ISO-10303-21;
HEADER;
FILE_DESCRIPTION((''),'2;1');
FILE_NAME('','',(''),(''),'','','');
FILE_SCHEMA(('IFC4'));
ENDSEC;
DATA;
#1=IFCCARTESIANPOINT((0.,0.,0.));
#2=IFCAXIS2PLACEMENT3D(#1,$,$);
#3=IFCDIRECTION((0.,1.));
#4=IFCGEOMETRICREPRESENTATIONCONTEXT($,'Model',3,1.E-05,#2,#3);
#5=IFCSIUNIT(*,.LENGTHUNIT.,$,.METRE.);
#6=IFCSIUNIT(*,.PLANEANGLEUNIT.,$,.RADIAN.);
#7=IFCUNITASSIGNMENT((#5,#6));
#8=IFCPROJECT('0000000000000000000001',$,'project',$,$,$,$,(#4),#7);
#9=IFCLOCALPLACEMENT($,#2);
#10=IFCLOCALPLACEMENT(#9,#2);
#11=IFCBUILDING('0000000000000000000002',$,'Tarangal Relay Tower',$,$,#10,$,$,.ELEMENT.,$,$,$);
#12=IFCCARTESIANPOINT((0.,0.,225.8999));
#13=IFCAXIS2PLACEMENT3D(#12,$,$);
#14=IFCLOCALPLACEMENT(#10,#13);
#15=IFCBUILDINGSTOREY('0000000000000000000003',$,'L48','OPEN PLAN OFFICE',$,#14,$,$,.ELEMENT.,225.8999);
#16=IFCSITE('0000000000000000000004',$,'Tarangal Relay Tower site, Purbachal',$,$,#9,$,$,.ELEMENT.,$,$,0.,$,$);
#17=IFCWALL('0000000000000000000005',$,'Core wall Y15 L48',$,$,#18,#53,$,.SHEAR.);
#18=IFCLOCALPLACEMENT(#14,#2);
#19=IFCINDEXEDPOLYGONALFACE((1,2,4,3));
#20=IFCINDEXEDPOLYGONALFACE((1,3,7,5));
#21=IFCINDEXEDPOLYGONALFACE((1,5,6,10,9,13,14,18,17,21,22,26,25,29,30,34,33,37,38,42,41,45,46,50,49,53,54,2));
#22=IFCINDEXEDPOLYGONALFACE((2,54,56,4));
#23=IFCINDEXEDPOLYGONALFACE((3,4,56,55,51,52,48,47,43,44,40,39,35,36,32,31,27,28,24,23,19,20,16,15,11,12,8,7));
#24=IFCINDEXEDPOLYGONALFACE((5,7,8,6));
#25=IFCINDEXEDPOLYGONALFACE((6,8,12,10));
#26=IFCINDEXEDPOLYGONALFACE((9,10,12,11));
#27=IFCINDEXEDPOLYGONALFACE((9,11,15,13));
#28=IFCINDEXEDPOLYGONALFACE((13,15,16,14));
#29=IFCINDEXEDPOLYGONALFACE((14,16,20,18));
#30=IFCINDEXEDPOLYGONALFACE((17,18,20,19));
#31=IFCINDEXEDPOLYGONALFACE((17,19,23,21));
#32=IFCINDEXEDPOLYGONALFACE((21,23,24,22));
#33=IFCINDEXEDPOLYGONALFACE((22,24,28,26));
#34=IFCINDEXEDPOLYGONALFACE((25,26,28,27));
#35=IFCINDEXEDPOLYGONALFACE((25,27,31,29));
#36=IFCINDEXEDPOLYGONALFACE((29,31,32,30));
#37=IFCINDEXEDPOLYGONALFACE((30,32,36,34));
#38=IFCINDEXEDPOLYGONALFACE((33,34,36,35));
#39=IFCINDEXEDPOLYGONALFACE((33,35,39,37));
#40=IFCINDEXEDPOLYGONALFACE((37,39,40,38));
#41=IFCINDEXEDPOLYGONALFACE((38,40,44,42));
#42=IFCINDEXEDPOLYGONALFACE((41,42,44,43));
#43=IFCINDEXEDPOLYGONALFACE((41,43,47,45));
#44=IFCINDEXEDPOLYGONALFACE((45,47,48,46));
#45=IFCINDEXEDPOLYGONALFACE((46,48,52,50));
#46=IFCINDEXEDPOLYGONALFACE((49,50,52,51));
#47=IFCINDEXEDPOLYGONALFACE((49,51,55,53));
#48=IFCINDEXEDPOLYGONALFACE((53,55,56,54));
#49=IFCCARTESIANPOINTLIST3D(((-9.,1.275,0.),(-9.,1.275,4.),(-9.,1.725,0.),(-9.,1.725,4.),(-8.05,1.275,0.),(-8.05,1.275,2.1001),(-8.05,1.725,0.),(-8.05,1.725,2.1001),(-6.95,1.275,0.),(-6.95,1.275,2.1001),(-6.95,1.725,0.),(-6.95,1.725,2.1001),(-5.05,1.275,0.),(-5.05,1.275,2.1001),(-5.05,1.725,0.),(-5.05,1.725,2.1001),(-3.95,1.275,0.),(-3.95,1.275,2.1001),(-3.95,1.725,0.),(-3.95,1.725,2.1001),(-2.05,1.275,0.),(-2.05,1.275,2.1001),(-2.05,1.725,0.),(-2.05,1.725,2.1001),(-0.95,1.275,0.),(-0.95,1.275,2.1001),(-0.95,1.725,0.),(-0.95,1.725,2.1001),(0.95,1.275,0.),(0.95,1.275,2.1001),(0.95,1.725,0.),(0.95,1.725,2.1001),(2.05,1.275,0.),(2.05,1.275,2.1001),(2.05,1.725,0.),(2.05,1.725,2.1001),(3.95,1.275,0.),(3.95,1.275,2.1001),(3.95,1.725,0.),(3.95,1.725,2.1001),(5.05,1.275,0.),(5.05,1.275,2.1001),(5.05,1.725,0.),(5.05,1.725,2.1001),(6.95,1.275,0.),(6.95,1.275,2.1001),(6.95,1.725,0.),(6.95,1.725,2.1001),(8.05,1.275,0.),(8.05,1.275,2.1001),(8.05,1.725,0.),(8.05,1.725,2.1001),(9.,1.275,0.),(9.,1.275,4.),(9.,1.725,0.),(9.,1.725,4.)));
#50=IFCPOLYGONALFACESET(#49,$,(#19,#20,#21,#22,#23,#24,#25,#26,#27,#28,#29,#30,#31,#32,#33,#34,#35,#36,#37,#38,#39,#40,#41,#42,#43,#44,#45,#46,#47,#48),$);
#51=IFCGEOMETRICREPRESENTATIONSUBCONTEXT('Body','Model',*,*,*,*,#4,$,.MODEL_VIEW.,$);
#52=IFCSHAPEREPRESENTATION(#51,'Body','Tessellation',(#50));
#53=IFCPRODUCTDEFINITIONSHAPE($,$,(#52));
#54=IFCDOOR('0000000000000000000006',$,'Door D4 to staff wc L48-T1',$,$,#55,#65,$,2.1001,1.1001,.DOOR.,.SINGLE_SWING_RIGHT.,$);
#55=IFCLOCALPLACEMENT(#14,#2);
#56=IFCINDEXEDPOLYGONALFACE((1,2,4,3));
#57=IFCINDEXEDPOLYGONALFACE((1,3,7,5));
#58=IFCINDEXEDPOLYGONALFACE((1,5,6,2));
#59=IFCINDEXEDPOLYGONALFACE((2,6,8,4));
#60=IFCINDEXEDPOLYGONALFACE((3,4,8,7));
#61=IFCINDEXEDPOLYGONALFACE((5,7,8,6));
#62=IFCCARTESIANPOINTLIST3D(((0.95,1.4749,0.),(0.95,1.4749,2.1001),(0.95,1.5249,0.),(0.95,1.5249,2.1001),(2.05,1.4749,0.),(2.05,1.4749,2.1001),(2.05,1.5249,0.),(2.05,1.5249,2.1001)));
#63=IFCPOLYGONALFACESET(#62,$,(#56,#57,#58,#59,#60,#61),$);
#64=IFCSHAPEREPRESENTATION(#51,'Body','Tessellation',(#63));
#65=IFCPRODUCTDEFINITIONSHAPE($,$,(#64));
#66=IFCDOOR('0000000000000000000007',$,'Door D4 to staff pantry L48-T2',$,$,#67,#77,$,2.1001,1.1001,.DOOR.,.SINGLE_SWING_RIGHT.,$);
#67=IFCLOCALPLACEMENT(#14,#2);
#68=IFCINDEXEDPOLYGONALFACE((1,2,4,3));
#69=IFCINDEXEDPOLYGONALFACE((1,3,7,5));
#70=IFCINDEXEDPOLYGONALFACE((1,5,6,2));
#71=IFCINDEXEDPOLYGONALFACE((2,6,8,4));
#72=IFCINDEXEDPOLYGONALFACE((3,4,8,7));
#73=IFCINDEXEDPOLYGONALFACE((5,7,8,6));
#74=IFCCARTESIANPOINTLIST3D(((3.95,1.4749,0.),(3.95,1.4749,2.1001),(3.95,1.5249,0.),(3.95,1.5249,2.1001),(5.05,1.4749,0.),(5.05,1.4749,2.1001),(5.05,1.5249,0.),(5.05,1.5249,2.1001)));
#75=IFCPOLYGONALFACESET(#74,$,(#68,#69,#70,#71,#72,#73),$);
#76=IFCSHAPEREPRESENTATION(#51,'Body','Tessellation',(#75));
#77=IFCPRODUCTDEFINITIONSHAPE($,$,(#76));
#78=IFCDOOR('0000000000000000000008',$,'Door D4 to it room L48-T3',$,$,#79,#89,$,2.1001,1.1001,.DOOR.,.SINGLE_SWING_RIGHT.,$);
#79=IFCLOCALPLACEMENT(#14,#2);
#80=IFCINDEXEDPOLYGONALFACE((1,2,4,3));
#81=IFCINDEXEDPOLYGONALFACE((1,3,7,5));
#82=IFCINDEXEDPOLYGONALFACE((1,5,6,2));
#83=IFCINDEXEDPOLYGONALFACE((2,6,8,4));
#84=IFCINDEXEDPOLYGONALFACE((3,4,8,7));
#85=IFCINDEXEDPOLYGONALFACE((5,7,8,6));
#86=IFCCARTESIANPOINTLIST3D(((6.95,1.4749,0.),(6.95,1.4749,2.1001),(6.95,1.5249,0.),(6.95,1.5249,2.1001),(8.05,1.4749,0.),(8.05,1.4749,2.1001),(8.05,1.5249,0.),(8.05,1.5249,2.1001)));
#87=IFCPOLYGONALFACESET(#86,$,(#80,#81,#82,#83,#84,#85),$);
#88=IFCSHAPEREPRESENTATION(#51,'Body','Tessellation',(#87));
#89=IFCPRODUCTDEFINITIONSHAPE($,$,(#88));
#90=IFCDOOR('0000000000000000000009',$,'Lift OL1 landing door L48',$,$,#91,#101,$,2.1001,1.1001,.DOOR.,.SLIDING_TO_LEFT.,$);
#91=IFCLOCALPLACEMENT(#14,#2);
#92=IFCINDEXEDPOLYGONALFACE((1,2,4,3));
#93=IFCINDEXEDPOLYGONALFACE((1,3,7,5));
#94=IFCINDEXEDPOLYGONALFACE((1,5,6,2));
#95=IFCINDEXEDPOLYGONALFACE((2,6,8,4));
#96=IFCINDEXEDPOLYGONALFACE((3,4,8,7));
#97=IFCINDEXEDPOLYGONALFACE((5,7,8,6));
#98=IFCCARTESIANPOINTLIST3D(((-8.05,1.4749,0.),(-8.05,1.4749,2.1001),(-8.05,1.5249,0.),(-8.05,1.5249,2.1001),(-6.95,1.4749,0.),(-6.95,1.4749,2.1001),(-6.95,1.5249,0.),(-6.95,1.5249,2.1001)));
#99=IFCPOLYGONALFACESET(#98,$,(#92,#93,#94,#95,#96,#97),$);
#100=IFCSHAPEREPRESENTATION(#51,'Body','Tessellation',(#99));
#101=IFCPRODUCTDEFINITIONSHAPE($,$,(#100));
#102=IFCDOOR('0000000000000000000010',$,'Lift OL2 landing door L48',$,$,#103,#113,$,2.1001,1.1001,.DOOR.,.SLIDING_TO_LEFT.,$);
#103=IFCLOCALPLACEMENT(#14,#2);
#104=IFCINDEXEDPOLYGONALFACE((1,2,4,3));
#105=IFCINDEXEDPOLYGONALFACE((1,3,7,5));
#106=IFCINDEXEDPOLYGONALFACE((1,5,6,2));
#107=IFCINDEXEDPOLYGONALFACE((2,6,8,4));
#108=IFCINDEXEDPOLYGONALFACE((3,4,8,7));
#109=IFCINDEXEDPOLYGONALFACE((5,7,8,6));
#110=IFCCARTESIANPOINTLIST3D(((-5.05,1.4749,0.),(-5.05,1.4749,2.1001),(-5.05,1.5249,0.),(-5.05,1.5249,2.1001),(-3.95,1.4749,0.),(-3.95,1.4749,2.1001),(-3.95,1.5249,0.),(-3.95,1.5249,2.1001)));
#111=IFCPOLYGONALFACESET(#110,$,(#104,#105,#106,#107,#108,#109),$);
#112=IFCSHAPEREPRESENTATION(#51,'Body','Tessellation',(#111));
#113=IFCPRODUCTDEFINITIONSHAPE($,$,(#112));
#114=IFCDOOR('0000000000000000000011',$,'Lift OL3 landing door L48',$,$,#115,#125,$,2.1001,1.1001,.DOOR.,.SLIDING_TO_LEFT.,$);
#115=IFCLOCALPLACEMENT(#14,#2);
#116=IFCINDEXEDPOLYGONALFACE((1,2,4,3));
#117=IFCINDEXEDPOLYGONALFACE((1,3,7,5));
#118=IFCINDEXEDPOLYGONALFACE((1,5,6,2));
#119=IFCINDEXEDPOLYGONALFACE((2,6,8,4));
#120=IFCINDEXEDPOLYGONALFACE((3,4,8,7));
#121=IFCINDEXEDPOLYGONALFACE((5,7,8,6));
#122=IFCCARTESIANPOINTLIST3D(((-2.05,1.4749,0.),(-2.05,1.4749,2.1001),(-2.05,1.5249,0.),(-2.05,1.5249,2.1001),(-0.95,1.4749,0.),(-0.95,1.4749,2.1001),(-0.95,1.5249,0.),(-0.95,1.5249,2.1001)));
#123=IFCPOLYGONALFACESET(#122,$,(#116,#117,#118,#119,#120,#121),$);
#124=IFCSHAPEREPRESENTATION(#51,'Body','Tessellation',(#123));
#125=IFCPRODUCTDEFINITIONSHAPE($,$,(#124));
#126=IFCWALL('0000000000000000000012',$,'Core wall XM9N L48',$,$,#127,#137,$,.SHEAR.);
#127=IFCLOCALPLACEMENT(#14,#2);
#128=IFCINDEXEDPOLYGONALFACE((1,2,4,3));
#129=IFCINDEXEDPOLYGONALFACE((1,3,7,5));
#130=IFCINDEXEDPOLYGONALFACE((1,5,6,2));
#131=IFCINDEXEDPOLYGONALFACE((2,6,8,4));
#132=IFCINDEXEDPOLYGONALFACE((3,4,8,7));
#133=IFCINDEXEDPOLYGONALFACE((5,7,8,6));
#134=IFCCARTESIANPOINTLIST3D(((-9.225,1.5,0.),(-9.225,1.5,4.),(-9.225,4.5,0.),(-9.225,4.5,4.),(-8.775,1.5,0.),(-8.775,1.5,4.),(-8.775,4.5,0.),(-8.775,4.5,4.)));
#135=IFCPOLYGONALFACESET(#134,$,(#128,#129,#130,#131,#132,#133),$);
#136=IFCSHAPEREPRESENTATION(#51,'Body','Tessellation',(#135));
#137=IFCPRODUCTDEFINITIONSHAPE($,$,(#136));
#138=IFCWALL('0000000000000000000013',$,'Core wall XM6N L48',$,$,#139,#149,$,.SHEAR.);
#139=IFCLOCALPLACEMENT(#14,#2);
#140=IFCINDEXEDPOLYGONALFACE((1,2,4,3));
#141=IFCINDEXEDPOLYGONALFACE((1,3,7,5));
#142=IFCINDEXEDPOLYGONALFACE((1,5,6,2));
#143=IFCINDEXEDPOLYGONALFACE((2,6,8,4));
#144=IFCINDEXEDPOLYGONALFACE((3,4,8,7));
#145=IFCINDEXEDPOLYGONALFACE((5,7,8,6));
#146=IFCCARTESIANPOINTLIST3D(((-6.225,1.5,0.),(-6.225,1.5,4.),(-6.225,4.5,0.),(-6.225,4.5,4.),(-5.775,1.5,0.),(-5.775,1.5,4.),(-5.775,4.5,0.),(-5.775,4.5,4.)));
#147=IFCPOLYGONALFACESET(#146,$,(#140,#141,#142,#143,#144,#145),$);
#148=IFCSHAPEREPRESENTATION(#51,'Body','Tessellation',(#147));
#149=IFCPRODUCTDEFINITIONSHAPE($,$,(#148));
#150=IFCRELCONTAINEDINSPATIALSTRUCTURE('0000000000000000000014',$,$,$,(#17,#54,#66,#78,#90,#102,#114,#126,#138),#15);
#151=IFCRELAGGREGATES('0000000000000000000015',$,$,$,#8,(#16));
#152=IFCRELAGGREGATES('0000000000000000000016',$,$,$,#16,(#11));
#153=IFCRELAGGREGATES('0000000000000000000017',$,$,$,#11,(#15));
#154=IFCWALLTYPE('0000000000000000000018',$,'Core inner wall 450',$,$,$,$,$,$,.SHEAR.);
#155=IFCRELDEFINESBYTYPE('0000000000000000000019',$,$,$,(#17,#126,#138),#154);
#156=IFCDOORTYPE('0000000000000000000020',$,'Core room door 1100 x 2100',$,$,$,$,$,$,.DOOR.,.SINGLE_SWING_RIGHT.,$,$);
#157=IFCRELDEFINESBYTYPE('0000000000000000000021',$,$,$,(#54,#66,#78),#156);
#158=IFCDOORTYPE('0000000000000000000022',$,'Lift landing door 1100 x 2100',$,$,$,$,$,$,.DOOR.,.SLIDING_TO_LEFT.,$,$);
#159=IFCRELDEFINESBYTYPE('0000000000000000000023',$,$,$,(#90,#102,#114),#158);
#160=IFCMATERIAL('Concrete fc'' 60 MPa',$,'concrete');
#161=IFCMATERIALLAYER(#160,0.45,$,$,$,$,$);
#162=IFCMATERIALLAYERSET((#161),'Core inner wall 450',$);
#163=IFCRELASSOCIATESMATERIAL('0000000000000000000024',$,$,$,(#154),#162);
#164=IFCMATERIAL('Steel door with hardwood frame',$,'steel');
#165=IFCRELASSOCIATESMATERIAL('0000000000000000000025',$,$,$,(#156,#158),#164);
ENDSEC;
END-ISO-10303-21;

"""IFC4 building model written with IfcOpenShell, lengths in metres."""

from ifc_helpers import new_model, si_unit, direction, frame, frame_2d, origin, place, context, subcontext, project, spatial, rectangle, extrude, material, layer, layer_set, type_object, element, fill, save


model = new_model("IFC4")

# Units and contexts
model_context = context("Model", 3, precision=1e-05, world=origin(), true_north=direction((0.0, 1.0)))
body_context = subcontext(model_context, "Body", "Model", "MODEL_VIEW")
ifc_project = project(units=[si_unit("LENGTHUNIT", "METRE"), si_unit("PLANEANGLEUNIT", "RADIAN")], contexts=[model_context])

# Site, building, storey
site_placement = place(None, origin())
site = spatial("IfcSite", under=ifc_project, at=site_placement, Name="Tarangal Relay Tower site, Purbachal", CompositionType="ELEMENT", RefElevation=0.0)
building_placement = place(site_placement, origin())
building = spatial("IfcBuilding", under=site, at=building_placement, Name="Tarangal Relay Tower", CompositionType="ELEMENT")
storey_placement = place(building_placement, frame((0.0, 0.0, 225.8999)))
storey = spatial("IfcBuildingStorey", under=building, at=storey_placement, Name="L48", Description="OPEN PLAN OFFICE", CompositionType="ELEMENT", Elevation=225.8999)

# Wall, openings, doors
ifc_material_1 = material(Name="Concrete fc' 60 MPa", Category="concrete")
ifc_layer = layer(ifc_material_1, 0.45)
ifc_layer_set = layer_set([ifc_layer], Name="Core inner wall 450")
wall_type = type_object("IfcWallType", Name="Core inner wall 450", PredefinedType="SHEAR", material=ifc_layer_set)
ifc_material_2 = material(Name="Steel door with hardwood frame", Category="steel")
wall_1_placement = place(storey_placement, frame((-9.0, 1.5, 0.0), z_axis=(0.0, 0.0, 1.0), x_axis=(1.0, 0.0, 0.0)))
wall_1 = element("IfcWall", 1, at=wall_1_placement, inside=storey, type_object=wall_type, Name="Core wall Y15 L48", PredefinedType="SHEAR", context=body_context, shape_type="SweptSolid", body=[
    extrude(rectangle(XDim=18.0, YDim=0.45, at=frame_2d((9.0, 0.0))), origin(), (0.0, 0.0, 1.0), 4.0),
])
opening_1_placement = place(wall_1_placement, frame((0.95, 0.0, 0.0)))
opening_1 = element("IfcOpeningElement", 2, at=opening_1_placement, cuts=wall_1, PredefinedType="OPENING", context=body_context, shape_type="SweptSolid", body=[
    extrude(rectangle(XDim=1.1001, YDim=2.1001, at=frame_2d((0.55, 1.05))), frame((0.0, 0.2349, 0.0), z_axis=(0.0, -1.0, 0.0), x_axis=(1.0, 0.0, 0.0)), (0.0, 0.0, 1.0), 0.47),
])
opening_2_placement = place(wall_1_placement, frame((3.95, 0.0, 0.0)))
opening_2 = element("IfcOpeningElement", 3, at=opening_2_placement, cuts=wall_1, PredefinedType="OPENING", context=body_context, shape_type="SweptSolid", body=[
    extrude(rectangle(XDim=1.1001, YDim=2.1001, at=frame_2d((0.55, 1.05))), frame((0.0, 0.2349, 0.0), z_axis=(0.0, -1.0, 0.0), x_axis=(1.0, 0.0, 0.0)), (0.0, 0.0, 1.0), 0.47),
])
opening_3_placement = place(wall_1_placement, frame((6.95, 0.0, 0.0)))
opening_3 = element("IfcOpeningElement", 4, at=opening_3_placement, cuts=wall_1, PredefinedType="OPENING", context=body_context, shape_type="SweptSolid", body=[
    extrude(rectangle(XDim=1.1001, YDim=2.1001, at=frame_2d((0.55, 1.05))), frame((0.0, 0.2349, 0.0), z_axis=(0.0, -1.0, 0.0), x_axis=(1.0, 0.0, 0.0)), (0.0, 0.0, 1.0), 0.47),
])
opening_4_placement = place(wall_1_placement, frame((9.95, 0.0, 0.0)))
opening_4 = element("IfcOpeningElement", 5, at=opening_4_placement, cuts=wall_1, PredefinedType="OPENING", context=body_context, shape_type="SweptSolid", body=[
    extrude(rectangle(XDim=1.1001, YDim=2.1001, at=frame_2d((0.55, 1.05))), frame((0.0, 0.2349, 0.0), z_axis=(0.0, -1.0, 0.0), x_axis=(1.0, 0.0, 0.0)), (0.0, 0.0, 1.0), 0.47),
])
opening_5_placement = place(wall_1_placement, frame((12.95, 0.0, 0.0)))
opening_5 = element("IfcOpeningElement", 6, at=opening_5_placement, cuts=wall_1, PredefinedType="OPENING", context=body_context, shape_type="SweptSolid", body=[
    extrude(rectangle(XDim=1.1001, YDim=2.1001, at=frame_2d((0.55, 1.05))), frame((0.0, 0.2349, 0.0), z_axis=(0.0, -1.0, 0.0), x_axis=(1.0, 0.0, 0.0)), (0.0, 0.0, 1.0), 0.47),
])
opening_6_placement = place(wall_1_placement, frame((15.95, 0.0, 0.0)))
opening_6 = element("IfcOpeningElement", 7, at=opening_6_placement, cuts=wall_1, PredefinedType="OPENING", context=body_context, shape_type="SweptSolid", body=[
    extrude(rectangle(XDim=1.1001, YDim=2.1001, at=frame_2d((0.55, 1.05))), frame((0.0, 0.2349, 0.0), z_axis=(0.0, -1.0, 0.0), x_axis=(1.0, 0.0, 0.0)), (0.0, 0.0, 1.0), 0.47),
])
door_type_1 = type_object("IfcDoorType", Name="Core room door 1100 x 2100", OperationType="SINGLE_SWING_RIGHT", PredefinedType="DOOR", material=ifc_material_2)
door_1_placement = place(opening_4_placement, origin())
door_1 = element("IfcDoor", 8, at=door_1_placement, inside=storey, type_object=door_type_1, Name="Door D4 to staff wc L48-T1", OperationType="SINGLE_SWING_RIGHT", OverallHeight=2.1001, OverallWidth=1.1001, PredefinedType="DOOR", context=body_context, shape_type="SweptSolid", body=[
    extrude(rectangle(XDim=1.1001, YDim=2.1001, at=frame_2d((0.55, 1.05))), frame((0.0, 0.0249, 0.0), z_axis=(0.0, -1.0, 0.0), x_axis=(1.0, 0.0, 0.0)), (0.0, 0.0, 1.0), 0.05),
])
fill(opening_4, door_1)
door_2_placement = place(opening_5_placement, origin())
door_2 = element("IfcDoor", 9, at=door_2_placement, inside=storey, type_object=door_type_1, Name="Door D4 to staff pantry L48-T2", OperationType="SINGLE_SWING_RIGHT", OverallHeight=2.1001, OverallWidth=1.1001, PredefinedType="DOOR", context=body_context, shape_type="SweptSolid", body=[
    extrude(rectangle(XDim=1.1001, YDim=2.1001, at=frame_2d((0.55, 1.05))), frame((0.0, 0.0249, 0.0), z_axis=(0.0, -1.0, 0.0), x_axis=(1.0, 0.0, 0.0)), (0.0, 0.0, 1.0), 0.05),
])
fill(opening_5, door_2)
door_3_placement = place(opening_6_placement, origin())
door_3 = element("IfcDoor", 10, at=door_3_placement, inside=storey, type_object=door_type_1, Name="Door D4 to it room L48-T3", OperationType="SINGLE_SWING_RIGHT", OverallHeight=2.1001, OverallWidth=1.1001, PredefinedType="DOOR", context=body_context, shape_type="SweptSolid", body=[
    extrude(rectangle(XDim=1.1001, YDim=2.1001, at=frame_2d((0.55, 1.05))), frame((0.0, 0.0249, 0.0), z_axis=(0.0, -1.0, 0.0), x_axis=(1.0, 0.0, 0.0)), (0.0, 0.0, 1.0), 0.05),
])
fill(opening_6, door_3)
door_type_2 = type_object("IfcDoorType", Name="Lift landing door 1100 x 2100", OperationType="SLIDING_TO_LEFT", PredefinedType="DOOR", material=ifc_material_2)
door_4_placement = place(opening_1_placement, origin())
door_4 = element("IfcDoor", 11, at=door_4_placement, inside=storey, type_object=door_type_2, Name="Lift OL1 landing door L48", OperationType="SLIDING_TO_LEFT", OverallHeight=2.1001, OverallWidth=1.1001, PredefinedType="DOOR", context=body_context, shape_type="SweptSolid", body=[
    extrude(rectangle(XDim=1.1001, YDim=2.1001, at=frame_2d((0.55, 1.05))), frame((0.0, 0.0249, 0.0), z_axis=(0.0, -1.0, 0.0), x_axis=(1.0, 0.0, 0.0)), (0.0, 0.0, 1.0), 0.05),
])
fill(opening_1, door_4)
door_5_placement = place(opening_2_placement, origin())
door_5 = element("IfcDoor", 12, at=door_5_placement, inside=storey, type_object=door_type_2, Name="Lift OL2 landing door L48", OperationType="SLIDING_TO_LEFT", OverallHeight=2.1001, OverallWidth=1.1001, PredefinedType="DOOR", context=body_context, shape_type="SweptSolid", body=[
    extrude(rectangle(XDim=1.1001, YDim=2.1001, at=frame_2d((0.55, 1.05))), frame((0.0, 0.0249, 0.0), z_axis=(0.0, -1.0, 0.0), x_axis=(1.0, 0.0, 0.0)), (0.0, 0.0, 1.0), 0.05),
])
fill(opening_2, door_5)
door_6_placement = place(opening_3_placement, origin())
door_6 = element("IfcDoor", 13, at=door_6_placement, inside=storey, type_object=door_type_2, Name="Lift OL3 landing door L48", OperationType="SLIDING_TO_LEFT", OverallHeight=2.1001, OverallWidth=1.1001, PredefinedType="DOOR", context=body_context, shape_type="SweptSolid", body=[
    extrude(rectangle(XDim=1.1001, YDim=2.1001, at=frame_2d((0.55, 1.05))), frame((0.0, 0.0249, 0.0), z_axis=(0.0, -1.0, 0.0), x_axis=(1.0, 0.0, 0.0)), (0.0, 0.0, 1.0), 0.05),
])
fill(opening_3, door_6)

# Walls
for number, where, z_axis, x_axis, name in (
    (14, (-9.0, 1.5, 0.0), (0.0, 0.0, 1.0), (0.0, 1.0, 0.0), "Core wall XM9N L48"),
    (15, (-6.0, 1.5, 0.0), (0.0, 0.0, 1.0), (0.0, 1.0, 0.0), "Core wall XM6N L48"),
):
    element("IfcWall", number, at=place(storey_placement, frame(where, z_axis=z_axis, x_axis=x_axis)), inside=storey, type_object=wall_type, Name=name, PredefinedType="SHEAR", context=body_context, shape_type="SweptSolid", body=[
        extrude(rectangle(XDim=3.0, YDim=0.45, at=frame_2d((1.5, 0.0))), origin(), (0.0, 0.0, 1.0), 4.0),
    ])

save(model, "model.ifc")
